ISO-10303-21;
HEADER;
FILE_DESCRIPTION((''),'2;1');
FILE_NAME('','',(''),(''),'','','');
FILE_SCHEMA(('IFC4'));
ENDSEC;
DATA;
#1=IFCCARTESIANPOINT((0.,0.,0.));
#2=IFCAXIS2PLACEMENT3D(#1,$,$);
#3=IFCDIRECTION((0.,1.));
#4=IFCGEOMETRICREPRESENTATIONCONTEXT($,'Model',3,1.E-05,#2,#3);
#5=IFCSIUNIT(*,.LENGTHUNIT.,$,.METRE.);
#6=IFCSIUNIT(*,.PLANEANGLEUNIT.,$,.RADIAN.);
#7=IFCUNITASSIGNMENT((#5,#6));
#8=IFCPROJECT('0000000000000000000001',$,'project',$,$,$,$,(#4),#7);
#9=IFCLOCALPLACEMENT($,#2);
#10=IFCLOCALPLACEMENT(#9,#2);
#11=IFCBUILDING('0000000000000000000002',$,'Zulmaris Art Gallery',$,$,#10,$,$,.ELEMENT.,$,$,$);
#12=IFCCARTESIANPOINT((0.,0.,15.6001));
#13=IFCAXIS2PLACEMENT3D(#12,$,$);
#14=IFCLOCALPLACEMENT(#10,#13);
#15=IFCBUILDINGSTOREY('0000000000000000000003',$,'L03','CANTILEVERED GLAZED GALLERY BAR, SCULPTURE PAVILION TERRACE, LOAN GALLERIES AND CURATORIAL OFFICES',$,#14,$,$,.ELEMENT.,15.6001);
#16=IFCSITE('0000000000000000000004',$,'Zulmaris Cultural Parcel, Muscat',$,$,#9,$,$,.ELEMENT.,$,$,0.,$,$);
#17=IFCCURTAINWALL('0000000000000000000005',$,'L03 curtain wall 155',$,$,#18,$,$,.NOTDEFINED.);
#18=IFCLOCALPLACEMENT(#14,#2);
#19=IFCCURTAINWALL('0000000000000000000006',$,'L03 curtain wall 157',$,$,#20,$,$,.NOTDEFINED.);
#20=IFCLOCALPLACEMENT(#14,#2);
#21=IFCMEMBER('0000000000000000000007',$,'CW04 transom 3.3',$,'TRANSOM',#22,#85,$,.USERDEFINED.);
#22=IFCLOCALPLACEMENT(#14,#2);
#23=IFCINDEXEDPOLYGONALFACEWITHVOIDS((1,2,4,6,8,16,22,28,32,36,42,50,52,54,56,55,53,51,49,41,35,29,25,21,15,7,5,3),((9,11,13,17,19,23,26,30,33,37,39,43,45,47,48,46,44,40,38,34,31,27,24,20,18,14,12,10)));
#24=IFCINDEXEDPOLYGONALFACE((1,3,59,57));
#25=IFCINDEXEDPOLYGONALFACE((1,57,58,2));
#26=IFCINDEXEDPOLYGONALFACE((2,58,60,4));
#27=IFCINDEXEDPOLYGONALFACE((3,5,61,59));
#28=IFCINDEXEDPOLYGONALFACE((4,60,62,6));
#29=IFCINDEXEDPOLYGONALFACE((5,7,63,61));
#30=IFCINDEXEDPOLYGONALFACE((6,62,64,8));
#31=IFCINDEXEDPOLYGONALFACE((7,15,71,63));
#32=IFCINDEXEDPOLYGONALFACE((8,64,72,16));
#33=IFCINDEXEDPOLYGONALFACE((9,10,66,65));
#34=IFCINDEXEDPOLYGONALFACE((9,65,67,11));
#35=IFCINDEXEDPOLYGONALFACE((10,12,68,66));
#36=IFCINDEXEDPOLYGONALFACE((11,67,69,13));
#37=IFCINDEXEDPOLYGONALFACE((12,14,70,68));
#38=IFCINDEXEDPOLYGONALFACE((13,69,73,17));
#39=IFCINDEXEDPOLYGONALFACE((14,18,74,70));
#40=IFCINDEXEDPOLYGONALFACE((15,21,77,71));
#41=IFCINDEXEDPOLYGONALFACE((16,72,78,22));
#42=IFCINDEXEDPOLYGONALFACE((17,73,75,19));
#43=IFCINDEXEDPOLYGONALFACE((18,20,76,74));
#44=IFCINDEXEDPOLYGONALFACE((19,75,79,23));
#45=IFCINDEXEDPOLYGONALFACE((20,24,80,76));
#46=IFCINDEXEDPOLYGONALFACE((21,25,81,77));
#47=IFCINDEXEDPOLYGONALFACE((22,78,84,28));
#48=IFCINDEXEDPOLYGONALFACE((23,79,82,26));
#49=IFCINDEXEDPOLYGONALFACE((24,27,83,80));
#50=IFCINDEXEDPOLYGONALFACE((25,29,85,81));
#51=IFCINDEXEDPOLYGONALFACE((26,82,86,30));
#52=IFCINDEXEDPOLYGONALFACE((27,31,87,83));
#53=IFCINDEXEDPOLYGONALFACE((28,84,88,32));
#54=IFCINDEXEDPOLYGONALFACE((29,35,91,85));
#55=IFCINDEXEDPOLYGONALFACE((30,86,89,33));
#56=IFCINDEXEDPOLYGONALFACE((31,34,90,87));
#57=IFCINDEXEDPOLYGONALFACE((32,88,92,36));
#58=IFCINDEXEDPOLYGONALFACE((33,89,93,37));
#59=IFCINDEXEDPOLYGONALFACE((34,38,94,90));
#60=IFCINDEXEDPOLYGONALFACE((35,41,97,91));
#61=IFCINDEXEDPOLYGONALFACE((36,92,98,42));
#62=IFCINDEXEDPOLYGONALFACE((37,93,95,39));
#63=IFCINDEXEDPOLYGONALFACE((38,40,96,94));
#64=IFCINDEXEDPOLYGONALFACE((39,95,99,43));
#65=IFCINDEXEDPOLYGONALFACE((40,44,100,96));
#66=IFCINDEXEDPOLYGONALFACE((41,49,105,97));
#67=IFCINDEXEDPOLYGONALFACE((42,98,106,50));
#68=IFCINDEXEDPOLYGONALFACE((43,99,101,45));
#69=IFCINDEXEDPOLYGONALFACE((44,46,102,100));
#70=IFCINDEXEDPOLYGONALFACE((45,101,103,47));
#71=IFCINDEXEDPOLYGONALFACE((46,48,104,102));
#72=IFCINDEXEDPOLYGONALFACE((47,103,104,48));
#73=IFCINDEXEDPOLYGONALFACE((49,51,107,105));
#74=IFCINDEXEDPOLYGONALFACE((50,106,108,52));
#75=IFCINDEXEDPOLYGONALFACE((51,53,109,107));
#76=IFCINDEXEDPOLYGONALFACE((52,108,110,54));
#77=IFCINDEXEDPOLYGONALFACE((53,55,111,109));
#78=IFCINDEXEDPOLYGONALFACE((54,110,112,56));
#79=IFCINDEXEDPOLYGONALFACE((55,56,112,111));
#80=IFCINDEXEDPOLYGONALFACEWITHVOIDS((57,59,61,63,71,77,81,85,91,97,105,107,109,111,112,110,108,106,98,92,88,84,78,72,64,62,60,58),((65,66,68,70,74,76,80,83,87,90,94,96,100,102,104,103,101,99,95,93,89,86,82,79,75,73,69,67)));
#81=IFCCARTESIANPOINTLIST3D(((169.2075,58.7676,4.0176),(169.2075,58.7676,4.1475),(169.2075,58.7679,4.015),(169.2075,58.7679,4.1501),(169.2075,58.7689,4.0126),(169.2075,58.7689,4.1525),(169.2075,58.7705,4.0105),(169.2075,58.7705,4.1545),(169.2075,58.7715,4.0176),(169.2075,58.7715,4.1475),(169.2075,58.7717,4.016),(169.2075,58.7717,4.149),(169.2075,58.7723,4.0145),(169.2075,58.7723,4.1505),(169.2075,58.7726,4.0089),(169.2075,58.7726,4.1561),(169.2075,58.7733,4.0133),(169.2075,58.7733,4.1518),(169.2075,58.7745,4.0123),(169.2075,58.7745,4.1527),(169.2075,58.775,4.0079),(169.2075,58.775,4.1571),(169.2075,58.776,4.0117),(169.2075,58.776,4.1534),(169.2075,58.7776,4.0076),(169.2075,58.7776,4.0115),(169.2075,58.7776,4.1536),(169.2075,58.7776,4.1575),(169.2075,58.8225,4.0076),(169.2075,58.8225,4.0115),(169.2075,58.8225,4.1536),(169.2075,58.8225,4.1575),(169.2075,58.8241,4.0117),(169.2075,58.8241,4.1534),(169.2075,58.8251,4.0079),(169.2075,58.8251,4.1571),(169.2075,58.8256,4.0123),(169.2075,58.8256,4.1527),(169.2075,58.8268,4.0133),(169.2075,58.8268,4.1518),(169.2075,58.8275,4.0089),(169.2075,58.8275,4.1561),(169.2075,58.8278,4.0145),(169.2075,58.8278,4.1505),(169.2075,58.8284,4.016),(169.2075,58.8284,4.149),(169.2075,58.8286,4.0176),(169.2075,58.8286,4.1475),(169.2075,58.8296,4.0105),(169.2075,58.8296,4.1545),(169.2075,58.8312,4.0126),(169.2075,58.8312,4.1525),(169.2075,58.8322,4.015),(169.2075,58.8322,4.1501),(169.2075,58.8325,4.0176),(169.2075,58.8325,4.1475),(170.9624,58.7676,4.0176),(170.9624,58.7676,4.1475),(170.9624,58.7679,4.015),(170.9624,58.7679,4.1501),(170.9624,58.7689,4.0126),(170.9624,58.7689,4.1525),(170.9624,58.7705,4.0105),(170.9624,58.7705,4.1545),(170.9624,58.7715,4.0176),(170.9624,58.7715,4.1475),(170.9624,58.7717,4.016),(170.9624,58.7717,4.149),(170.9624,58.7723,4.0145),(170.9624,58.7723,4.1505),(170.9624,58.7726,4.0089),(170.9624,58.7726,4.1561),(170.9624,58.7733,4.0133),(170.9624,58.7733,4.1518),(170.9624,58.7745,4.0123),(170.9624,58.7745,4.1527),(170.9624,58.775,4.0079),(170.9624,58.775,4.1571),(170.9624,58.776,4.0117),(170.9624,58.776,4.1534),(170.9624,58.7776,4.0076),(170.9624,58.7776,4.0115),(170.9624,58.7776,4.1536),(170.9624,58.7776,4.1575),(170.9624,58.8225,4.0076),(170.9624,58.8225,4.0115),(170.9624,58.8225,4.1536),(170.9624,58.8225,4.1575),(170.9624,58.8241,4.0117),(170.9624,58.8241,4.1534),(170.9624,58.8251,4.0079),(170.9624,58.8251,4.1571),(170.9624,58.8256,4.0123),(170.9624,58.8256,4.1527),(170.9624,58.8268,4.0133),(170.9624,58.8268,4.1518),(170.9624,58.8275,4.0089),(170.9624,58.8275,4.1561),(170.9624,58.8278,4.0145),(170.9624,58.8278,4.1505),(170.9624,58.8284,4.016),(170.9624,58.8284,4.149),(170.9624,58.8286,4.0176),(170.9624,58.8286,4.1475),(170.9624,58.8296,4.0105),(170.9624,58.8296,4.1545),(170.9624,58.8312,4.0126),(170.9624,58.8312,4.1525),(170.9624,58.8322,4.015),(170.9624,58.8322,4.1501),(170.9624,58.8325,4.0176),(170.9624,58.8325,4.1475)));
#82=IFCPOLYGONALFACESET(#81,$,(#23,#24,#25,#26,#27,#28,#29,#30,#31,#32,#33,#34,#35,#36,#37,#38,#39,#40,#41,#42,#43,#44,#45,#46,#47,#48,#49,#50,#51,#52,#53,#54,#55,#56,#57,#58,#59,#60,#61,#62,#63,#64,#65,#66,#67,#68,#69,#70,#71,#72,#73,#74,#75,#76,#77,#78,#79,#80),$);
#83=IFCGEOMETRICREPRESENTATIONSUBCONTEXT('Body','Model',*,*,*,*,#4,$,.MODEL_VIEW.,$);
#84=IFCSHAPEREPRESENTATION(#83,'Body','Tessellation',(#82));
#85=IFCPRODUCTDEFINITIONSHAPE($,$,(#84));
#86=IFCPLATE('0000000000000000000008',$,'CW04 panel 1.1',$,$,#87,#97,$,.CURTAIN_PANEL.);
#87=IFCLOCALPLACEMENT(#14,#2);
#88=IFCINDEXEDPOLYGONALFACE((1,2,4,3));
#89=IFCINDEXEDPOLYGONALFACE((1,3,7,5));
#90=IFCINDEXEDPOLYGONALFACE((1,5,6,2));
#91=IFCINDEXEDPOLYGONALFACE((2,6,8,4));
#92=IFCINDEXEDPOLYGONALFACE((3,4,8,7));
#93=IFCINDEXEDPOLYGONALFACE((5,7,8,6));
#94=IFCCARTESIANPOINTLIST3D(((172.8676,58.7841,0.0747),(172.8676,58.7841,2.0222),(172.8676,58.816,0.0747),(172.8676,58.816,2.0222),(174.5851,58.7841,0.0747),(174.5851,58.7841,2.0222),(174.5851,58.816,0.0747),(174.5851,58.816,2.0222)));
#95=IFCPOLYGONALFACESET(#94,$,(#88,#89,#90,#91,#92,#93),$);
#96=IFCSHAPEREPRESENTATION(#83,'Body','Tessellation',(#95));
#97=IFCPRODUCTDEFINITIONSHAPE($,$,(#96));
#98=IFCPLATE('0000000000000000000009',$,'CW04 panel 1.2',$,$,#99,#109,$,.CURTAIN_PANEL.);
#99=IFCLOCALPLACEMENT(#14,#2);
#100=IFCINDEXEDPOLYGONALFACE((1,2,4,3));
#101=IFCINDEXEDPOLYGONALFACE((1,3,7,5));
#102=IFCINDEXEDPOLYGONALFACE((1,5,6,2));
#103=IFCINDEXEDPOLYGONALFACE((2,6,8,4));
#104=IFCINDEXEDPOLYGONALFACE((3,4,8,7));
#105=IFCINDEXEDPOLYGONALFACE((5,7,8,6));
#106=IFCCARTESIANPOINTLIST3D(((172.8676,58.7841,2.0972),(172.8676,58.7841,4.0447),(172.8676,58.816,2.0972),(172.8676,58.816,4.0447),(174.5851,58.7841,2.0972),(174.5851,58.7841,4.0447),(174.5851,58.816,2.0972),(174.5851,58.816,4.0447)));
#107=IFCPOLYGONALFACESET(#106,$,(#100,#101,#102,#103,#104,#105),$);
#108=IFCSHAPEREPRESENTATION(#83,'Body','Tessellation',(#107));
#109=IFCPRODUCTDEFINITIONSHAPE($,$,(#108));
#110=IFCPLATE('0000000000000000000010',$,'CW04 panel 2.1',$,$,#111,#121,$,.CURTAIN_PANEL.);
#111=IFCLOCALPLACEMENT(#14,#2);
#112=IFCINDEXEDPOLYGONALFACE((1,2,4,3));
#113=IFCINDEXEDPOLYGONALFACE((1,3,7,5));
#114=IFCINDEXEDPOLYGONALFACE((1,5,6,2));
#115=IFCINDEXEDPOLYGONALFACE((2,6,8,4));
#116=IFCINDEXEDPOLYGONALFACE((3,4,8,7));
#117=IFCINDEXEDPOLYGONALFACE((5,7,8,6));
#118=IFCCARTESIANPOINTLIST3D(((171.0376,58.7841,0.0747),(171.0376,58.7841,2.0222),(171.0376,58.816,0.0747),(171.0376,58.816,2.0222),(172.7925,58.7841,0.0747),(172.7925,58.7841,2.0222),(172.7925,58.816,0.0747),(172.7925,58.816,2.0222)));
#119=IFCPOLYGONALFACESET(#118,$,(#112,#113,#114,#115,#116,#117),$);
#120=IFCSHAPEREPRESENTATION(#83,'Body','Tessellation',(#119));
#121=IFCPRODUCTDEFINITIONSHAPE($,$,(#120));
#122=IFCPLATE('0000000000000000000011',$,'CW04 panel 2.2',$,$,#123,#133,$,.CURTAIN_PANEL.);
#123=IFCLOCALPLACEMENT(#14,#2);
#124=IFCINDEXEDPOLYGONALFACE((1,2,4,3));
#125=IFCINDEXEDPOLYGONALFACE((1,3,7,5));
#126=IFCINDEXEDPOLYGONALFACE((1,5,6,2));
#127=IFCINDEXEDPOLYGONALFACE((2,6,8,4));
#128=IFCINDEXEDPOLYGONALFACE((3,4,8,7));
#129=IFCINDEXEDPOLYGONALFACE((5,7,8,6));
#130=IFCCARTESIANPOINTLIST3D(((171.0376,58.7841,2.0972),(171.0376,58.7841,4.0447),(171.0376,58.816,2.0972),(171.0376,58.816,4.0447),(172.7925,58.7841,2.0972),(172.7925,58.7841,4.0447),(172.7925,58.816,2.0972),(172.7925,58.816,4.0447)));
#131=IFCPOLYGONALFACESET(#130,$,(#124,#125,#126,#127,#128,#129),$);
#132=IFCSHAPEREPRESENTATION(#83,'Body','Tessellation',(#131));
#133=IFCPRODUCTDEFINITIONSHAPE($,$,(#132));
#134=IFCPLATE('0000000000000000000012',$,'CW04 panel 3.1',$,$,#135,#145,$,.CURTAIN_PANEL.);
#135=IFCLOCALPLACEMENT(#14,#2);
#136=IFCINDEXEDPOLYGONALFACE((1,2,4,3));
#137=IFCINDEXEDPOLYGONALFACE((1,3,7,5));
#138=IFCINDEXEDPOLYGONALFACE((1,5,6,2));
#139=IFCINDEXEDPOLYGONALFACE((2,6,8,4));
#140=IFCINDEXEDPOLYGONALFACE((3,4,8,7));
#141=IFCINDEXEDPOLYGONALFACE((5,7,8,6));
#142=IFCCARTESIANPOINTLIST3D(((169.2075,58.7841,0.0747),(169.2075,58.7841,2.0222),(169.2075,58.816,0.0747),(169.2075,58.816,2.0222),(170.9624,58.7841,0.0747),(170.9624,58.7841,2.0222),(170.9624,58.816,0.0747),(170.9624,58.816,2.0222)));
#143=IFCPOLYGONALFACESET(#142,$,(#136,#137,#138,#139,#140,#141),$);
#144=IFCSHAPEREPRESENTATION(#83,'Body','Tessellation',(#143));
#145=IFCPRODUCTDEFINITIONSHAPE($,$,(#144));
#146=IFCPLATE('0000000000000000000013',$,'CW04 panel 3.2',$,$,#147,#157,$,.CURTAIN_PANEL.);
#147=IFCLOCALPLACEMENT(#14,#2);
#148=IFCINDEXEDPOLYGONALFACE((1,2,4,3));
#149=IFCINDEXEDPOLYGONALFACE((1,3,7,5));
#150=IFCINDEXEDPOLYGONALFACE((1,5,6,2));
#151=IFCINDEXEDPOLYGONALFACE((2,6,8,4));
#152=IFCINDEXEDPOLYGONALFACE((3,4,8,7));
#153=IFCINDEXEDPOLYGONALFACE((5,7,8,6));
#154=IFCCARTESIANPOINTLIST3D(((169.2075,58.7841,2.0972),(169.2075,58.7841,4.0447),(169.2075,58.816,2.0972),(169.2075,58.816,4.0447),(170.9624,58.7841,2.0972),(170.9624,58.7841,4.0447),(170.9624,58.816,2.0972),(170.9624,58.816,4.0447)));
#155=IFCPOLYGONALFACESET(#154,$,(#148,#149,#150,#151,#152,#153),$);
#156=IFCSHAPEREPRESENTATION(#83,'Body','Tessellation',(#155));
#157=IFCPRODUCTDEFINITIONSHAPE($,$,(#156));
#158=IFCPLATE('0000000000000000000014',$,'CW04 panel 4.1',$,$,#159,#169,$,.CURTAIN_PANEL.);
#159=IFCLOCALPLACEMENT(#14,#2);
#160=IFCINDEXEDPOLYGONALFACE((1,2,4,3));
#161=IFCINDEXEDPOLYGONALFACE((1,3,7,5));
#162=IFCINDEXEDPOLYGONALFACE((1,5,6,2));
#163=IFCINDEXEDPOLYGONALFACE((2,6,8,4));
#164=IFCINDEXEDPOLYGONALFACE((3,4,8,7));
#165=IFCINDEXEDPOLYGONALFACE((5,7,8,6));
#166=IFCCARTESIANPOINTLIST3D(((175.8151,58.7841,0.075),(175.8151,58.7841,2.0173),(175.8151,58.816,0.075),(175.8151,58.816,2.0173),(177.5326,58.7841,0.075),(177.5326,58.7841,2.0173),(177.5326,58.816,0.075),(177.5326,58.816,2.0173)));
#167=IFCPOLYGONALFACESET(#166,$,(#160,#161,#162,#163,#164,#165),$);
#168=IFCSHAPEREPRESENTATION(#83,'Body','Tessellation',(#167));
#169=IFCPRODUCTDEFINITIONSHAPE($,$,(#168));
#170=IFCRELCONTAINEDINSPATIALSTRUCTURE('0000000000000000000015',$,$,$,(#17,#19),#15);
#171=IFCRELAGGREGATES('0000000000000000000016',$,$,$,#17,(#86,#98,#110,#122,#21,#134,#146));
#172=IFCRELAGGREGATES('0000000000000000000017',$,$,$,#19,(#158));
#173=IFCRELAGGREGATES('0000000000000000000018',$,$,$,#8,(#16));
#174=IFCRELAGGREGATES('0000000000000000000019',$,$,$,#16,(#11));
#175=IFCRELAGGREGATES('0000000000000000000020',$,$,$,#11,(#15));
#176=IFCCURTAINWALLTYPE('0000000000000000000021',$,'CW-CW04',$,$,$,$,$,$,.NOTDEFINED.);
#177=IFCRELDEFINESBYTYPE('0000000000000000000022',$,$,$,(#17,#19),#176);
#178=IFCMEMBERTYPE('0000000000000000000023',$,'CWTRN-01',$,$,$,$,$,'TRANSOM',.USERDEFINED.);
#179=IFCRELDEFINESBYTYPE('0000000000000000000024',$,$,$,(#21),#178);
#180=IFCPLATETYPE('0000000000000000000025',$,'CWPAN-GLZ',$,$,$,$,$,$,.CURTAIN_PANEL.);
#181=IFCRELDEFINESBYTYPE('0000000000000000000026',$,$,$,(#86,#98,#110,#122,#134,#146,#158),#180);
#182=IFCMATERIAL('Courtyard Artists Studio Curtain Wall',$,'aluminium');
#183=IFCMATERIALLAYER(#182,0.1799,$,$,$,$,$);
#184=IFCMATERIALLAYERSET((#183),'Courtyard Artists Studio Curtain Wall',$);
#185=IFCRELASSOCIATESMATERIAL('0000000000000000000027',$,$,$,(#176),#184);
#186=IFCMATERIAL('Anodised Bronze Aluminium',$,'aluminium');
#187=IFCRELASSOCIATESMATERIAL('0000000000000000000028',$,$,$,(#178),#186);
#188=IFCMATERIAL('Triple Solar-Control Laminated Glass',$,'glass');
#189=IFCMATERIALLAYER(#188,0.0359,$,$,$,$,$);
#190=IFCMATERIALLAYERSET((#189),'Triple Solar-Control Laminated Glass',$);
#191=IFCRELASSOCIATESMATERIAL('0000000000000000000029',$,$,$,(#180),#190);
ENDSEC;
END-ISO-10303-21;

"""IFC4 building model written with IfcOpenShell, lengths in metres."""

from ifc_helpers import new_model, si_unit, direction, frame, origin, origin_2d, place, context, subcontext, project, spatial, rectangle, hollow_rectangle, extrude, material, layer, layer_set, material_profile, profile_set, type_object, element, aggregate, save


model = new_model("IFC4")

# Units and contexts
model_context = context("Model", 3, precision=1e-05, world=origin(), true_north=direction((0.0, 1.0)))
body_context = subcontext(model_context, "Body", "Model", "MODEL_VIEW")
ifc_project = project(units=[si_unit("LENGTHUNIT", "METRE"), si_unit("PLANEANGLEUNIT", "RADIAN")], contexts=[model_context])

# Site, building, storey
site_placement = place(None, origin())
site = spatial("IfcSite", under=ifc_project, at=site_placement, Name="Zulmaris Cultural Parcel, Muscat", CompositionType="ELEMENT", RefElevation=0.0)
building_placement = place(site_placement, origin())
building = spatial("IfcBuilding", under=site, at=building_placement, Name="Zulmaris Art Gallery", CompositionType="ELEMENT")
storey_placement = place(building_placement, frame((0.0, 0.0, 15.6001)))
storey = spatial("IfcBuildingStorey", under=building, at=storey_placement, Name="L03", Description="CANTILEVERED GLAZED GALLERY BAR, SCULPTURE PAVILION TERRACE, LOAN GALLERIES AND CURATORIAL OFFICES", CompositionType="ELEMENT", Elevation=15.6001)

# Curtain wall
ifc_material_1 = material(Name="Courtyard Artists Studio Curtain Wall", Category="aluminium")
ifc_layer_1 = layer(ifc_material_1, 0.1799)
ifc_layer_set_1 = layer_set([ifc_layer_1], Name="Courtyard Artists Studio Curtain Wall")
curtain_wall_type = type_object("IfcCurtainWallType", Name="CW-CW04", PredefinedType="NOTDEFINED", material=ifc_layer_set_1)
curtain_wall_1_placement = place(storey_placement, origin())
curtain_wall_1 = element("IfcCurtainWall", 1, at=curtain_wall_1_placement, inside=storey, type_object=curtain_wall_type, Name="L03 curtain wall 155", PredefinedType="NOTDEFINED")
ifc_material_2 = material(Name="Anodised Bronze Aluminium", Category="aluminium")

# Curtain wall
curtain_wall_2_placement = place(storey_placement, origin())
curtain_wall_2 = element("IfcCurtainWall", 2, at=curtain_wall_2_placement, inside=storey, type_object=curtain_wall_type, Name="L03 curtain wall 157", PredefinedType="NOTDEFINED")

# Member
ifc_material_profile_1 = material_profile(ifc_material_2, hollow_rectangle(XDim=0.0649, YDim=0.1499, WallThickness=0.0039, InnerFilletRadius=0.0061, OuterFilletRadius=0.01, at=origin_2d()), Name="ALU 65x150x4")
ifc_profile_set_1 = profile_set([ifc_material_profile_1], Name="Anodised Bronze Aluminium")
member_type_1 = type_object("IfcMemberType", Name="CWTRN-01", ElementType="TRANSOM", PredefinedType="USERDEFINED", material=ifc_profile_set_1)
member_1_placement = place(storey_placement, frame((170.9624, 58.8, 4.0825), z_axis=(-1.0, 0.0, 0.0), x_axis=(0.0, -1.0, 0.0)))
member_1 = element("IfcMember", 3, at=member_1_placement, type_object=member_type_1, Name="CW04 transom 3.3", ObjectType="TRANSOM", PredefinedType="USERDEFINED", context=body_context, shape_type="SweptSolid", body=[
    extrude(hollow_rectangle(XDim=0.0649, YDim=0.1499, WallThickness=0.0039, InnerFilletRadius=0.0061, OuterFilletRadius=0.01, at=origin_2d()), origin(), (0.0, 0.0, 1.0), 1.7549),
])

# Plates
ifc_material_3 = material(Name="Triple Solar-Control Laminated Glass", Category="glass")
ifc_layer_2 = layer(ifc_material_3, 0.0359)
ifc_layer_set_2 = layer_set([ifc_layer_2], Name="Triple Solar-Control Laminated Glass")
plate_type = type_object("IfcPlateType", Name="CWPAN-GLZ", PredefinedType="CURTAIN_PANEL", material=ifc_layer_set_2)
plate_1_placement = place(storey_placement, frame((173.7263, 58.8, 0.0747), z_axis=(0.0, 0.0, 1.0), x_axis=(-1.0, 0.0, 0.0)))
plate_1 = element("IfcPlate", 4, at=plate_1_placement, type_object=plate_type, Name="CW04 panel 1.1", PredefinedType="CURTAIN_PANEL", context=body_context, shape_type="SweptSolid", body=[
    extrude(rectangle(XDim=1.7175, YDim=0.032, at=origin_2d()), origin(), (0.0, 0.0, 1.0), 1.9475),
])
plate_2_placement = place(storey_placement, frame((173.7263, 58.8, 2.0972), z_axis=(0.0, 0.0, 1.0), x_axis=(-1.0, 0.0, 0.0)))
plate_2 = element("IfcPlate", 5, at=plate_2_placement, type_object=plate_type, Name="CW04 panel 1.2", PredefinedType="CURTAIN_PANEL", context=body_context, shape_type="SweptSolid", body=[
    extrude(rectangle(XDim=1.7175, YDim=0.032, at=origin_2d()), origin(), (0.0, 0.0, 1.0), 1.9475),
])
plate_3_placement = place(storey_placement, frame((171.915, 58.8, 0.0747), z_axis=(0.0, 0.0, 1.0), x_axis=(-1.0, 0.0, 0.0)))
plate_3 = element("IfcPlate", 6, at=plate_3_placement, type_object=plate_type, Name="CW04 panel 2.1", PredefinedType="CURTAIN_PANEL", context=body_context, shape_type="SweptSolid", body=[
    extrude(rectangle(XDim=1.7549, YDim=0.032, at=origin_2d()), origin(), (0.0, 0.0, 1.0), 1.9475),
])
plate_4_placement = place(storey_placement, frame((171.915, 58.8, 2.0972), z_axis=(0.0, 0.0, 1.0), x_axis=(-1.0, 0.0, 0.0)))
plate_4 = element("IfcPlate", 7, at=plate_4_placement, type_object=plate_type, Name="CW04 panel 2.2", PredefinedType="CURTAIN_PANEL", context=body_context, shape_type="SweptSolid", body=[
    extrude(rectangle(XDim=1.7549, YDim=0.032, at=origin_2d()), origin(), (0.0, 0.0, 1.0), 1.9475),
])
plate_5_placement = place(storey_placement, frame((170.085, 58.8, 0.0747), z_axis=(0.0, 0.0, 1.0), x_axis=(-1.0, 0.0, 0.0)))
plate_5 = element("IfcPlate", 8, at=plate_5_placement, type_object=plate_type, Name="CW04 panel 3.1", PredefinedType="CURTAIN_PANEL", context=body_context, shape_type="SweptSolid", body=[
    extrude(rectangle(XDim=1.7549, YDim=0.032, at=origin_2d()), origin(), (0.0, 0.0, 1.0), 1.9475),
])
plate_6_placement = place(storey_placement, frame((170.085, 58.8, 2.0972), z_axis=(0.0, 0.0, 1.0), x_axis=(-1.0, 0.0, 0.0)))
plate_6 = element("IfcPlate", 9, at=plate_6_placement, type_object=plate_type, Name="CW04 panel 3.2", PredefinedType="CURTAIN_PANEL", context=body_context, shape_type="SweptSolid", body=[
    extrude(rectangle(XDim=1.7549, YDim=0.032, at=origin_2d()), origin(), (0.0, 0.0, 1.0), 1.9475),
])
aggregate(curtain_wall_1, [plate_1, plate_2, plate_3, plate_4, member_1, plate_5, plate_6])
plate_7_placement = place(storey_placement, frame((176.6738, 58.8, 0.075), z_axis=(0.0, 0.0, 1.0), x_axis=(-1.0, 0.0, 0.0)))
plate_7 = element("IfcPlate", 10, at=plate_7_placement, type_object=plate_type, Name="CW04 panel 4.1", PredefinedType="CURTAIN_PANEL", context=body_context, shape_type="SweptSolid", body=[
    extrude(rectangle(XDim=1.7175, YDim=0.032, at=origin_2d()), origin(), (0.0, 0.0, 1.0), 1.9424),
])
aggregate(curtain_wall_2, [plate_7])

save(model, "model.ifc")
